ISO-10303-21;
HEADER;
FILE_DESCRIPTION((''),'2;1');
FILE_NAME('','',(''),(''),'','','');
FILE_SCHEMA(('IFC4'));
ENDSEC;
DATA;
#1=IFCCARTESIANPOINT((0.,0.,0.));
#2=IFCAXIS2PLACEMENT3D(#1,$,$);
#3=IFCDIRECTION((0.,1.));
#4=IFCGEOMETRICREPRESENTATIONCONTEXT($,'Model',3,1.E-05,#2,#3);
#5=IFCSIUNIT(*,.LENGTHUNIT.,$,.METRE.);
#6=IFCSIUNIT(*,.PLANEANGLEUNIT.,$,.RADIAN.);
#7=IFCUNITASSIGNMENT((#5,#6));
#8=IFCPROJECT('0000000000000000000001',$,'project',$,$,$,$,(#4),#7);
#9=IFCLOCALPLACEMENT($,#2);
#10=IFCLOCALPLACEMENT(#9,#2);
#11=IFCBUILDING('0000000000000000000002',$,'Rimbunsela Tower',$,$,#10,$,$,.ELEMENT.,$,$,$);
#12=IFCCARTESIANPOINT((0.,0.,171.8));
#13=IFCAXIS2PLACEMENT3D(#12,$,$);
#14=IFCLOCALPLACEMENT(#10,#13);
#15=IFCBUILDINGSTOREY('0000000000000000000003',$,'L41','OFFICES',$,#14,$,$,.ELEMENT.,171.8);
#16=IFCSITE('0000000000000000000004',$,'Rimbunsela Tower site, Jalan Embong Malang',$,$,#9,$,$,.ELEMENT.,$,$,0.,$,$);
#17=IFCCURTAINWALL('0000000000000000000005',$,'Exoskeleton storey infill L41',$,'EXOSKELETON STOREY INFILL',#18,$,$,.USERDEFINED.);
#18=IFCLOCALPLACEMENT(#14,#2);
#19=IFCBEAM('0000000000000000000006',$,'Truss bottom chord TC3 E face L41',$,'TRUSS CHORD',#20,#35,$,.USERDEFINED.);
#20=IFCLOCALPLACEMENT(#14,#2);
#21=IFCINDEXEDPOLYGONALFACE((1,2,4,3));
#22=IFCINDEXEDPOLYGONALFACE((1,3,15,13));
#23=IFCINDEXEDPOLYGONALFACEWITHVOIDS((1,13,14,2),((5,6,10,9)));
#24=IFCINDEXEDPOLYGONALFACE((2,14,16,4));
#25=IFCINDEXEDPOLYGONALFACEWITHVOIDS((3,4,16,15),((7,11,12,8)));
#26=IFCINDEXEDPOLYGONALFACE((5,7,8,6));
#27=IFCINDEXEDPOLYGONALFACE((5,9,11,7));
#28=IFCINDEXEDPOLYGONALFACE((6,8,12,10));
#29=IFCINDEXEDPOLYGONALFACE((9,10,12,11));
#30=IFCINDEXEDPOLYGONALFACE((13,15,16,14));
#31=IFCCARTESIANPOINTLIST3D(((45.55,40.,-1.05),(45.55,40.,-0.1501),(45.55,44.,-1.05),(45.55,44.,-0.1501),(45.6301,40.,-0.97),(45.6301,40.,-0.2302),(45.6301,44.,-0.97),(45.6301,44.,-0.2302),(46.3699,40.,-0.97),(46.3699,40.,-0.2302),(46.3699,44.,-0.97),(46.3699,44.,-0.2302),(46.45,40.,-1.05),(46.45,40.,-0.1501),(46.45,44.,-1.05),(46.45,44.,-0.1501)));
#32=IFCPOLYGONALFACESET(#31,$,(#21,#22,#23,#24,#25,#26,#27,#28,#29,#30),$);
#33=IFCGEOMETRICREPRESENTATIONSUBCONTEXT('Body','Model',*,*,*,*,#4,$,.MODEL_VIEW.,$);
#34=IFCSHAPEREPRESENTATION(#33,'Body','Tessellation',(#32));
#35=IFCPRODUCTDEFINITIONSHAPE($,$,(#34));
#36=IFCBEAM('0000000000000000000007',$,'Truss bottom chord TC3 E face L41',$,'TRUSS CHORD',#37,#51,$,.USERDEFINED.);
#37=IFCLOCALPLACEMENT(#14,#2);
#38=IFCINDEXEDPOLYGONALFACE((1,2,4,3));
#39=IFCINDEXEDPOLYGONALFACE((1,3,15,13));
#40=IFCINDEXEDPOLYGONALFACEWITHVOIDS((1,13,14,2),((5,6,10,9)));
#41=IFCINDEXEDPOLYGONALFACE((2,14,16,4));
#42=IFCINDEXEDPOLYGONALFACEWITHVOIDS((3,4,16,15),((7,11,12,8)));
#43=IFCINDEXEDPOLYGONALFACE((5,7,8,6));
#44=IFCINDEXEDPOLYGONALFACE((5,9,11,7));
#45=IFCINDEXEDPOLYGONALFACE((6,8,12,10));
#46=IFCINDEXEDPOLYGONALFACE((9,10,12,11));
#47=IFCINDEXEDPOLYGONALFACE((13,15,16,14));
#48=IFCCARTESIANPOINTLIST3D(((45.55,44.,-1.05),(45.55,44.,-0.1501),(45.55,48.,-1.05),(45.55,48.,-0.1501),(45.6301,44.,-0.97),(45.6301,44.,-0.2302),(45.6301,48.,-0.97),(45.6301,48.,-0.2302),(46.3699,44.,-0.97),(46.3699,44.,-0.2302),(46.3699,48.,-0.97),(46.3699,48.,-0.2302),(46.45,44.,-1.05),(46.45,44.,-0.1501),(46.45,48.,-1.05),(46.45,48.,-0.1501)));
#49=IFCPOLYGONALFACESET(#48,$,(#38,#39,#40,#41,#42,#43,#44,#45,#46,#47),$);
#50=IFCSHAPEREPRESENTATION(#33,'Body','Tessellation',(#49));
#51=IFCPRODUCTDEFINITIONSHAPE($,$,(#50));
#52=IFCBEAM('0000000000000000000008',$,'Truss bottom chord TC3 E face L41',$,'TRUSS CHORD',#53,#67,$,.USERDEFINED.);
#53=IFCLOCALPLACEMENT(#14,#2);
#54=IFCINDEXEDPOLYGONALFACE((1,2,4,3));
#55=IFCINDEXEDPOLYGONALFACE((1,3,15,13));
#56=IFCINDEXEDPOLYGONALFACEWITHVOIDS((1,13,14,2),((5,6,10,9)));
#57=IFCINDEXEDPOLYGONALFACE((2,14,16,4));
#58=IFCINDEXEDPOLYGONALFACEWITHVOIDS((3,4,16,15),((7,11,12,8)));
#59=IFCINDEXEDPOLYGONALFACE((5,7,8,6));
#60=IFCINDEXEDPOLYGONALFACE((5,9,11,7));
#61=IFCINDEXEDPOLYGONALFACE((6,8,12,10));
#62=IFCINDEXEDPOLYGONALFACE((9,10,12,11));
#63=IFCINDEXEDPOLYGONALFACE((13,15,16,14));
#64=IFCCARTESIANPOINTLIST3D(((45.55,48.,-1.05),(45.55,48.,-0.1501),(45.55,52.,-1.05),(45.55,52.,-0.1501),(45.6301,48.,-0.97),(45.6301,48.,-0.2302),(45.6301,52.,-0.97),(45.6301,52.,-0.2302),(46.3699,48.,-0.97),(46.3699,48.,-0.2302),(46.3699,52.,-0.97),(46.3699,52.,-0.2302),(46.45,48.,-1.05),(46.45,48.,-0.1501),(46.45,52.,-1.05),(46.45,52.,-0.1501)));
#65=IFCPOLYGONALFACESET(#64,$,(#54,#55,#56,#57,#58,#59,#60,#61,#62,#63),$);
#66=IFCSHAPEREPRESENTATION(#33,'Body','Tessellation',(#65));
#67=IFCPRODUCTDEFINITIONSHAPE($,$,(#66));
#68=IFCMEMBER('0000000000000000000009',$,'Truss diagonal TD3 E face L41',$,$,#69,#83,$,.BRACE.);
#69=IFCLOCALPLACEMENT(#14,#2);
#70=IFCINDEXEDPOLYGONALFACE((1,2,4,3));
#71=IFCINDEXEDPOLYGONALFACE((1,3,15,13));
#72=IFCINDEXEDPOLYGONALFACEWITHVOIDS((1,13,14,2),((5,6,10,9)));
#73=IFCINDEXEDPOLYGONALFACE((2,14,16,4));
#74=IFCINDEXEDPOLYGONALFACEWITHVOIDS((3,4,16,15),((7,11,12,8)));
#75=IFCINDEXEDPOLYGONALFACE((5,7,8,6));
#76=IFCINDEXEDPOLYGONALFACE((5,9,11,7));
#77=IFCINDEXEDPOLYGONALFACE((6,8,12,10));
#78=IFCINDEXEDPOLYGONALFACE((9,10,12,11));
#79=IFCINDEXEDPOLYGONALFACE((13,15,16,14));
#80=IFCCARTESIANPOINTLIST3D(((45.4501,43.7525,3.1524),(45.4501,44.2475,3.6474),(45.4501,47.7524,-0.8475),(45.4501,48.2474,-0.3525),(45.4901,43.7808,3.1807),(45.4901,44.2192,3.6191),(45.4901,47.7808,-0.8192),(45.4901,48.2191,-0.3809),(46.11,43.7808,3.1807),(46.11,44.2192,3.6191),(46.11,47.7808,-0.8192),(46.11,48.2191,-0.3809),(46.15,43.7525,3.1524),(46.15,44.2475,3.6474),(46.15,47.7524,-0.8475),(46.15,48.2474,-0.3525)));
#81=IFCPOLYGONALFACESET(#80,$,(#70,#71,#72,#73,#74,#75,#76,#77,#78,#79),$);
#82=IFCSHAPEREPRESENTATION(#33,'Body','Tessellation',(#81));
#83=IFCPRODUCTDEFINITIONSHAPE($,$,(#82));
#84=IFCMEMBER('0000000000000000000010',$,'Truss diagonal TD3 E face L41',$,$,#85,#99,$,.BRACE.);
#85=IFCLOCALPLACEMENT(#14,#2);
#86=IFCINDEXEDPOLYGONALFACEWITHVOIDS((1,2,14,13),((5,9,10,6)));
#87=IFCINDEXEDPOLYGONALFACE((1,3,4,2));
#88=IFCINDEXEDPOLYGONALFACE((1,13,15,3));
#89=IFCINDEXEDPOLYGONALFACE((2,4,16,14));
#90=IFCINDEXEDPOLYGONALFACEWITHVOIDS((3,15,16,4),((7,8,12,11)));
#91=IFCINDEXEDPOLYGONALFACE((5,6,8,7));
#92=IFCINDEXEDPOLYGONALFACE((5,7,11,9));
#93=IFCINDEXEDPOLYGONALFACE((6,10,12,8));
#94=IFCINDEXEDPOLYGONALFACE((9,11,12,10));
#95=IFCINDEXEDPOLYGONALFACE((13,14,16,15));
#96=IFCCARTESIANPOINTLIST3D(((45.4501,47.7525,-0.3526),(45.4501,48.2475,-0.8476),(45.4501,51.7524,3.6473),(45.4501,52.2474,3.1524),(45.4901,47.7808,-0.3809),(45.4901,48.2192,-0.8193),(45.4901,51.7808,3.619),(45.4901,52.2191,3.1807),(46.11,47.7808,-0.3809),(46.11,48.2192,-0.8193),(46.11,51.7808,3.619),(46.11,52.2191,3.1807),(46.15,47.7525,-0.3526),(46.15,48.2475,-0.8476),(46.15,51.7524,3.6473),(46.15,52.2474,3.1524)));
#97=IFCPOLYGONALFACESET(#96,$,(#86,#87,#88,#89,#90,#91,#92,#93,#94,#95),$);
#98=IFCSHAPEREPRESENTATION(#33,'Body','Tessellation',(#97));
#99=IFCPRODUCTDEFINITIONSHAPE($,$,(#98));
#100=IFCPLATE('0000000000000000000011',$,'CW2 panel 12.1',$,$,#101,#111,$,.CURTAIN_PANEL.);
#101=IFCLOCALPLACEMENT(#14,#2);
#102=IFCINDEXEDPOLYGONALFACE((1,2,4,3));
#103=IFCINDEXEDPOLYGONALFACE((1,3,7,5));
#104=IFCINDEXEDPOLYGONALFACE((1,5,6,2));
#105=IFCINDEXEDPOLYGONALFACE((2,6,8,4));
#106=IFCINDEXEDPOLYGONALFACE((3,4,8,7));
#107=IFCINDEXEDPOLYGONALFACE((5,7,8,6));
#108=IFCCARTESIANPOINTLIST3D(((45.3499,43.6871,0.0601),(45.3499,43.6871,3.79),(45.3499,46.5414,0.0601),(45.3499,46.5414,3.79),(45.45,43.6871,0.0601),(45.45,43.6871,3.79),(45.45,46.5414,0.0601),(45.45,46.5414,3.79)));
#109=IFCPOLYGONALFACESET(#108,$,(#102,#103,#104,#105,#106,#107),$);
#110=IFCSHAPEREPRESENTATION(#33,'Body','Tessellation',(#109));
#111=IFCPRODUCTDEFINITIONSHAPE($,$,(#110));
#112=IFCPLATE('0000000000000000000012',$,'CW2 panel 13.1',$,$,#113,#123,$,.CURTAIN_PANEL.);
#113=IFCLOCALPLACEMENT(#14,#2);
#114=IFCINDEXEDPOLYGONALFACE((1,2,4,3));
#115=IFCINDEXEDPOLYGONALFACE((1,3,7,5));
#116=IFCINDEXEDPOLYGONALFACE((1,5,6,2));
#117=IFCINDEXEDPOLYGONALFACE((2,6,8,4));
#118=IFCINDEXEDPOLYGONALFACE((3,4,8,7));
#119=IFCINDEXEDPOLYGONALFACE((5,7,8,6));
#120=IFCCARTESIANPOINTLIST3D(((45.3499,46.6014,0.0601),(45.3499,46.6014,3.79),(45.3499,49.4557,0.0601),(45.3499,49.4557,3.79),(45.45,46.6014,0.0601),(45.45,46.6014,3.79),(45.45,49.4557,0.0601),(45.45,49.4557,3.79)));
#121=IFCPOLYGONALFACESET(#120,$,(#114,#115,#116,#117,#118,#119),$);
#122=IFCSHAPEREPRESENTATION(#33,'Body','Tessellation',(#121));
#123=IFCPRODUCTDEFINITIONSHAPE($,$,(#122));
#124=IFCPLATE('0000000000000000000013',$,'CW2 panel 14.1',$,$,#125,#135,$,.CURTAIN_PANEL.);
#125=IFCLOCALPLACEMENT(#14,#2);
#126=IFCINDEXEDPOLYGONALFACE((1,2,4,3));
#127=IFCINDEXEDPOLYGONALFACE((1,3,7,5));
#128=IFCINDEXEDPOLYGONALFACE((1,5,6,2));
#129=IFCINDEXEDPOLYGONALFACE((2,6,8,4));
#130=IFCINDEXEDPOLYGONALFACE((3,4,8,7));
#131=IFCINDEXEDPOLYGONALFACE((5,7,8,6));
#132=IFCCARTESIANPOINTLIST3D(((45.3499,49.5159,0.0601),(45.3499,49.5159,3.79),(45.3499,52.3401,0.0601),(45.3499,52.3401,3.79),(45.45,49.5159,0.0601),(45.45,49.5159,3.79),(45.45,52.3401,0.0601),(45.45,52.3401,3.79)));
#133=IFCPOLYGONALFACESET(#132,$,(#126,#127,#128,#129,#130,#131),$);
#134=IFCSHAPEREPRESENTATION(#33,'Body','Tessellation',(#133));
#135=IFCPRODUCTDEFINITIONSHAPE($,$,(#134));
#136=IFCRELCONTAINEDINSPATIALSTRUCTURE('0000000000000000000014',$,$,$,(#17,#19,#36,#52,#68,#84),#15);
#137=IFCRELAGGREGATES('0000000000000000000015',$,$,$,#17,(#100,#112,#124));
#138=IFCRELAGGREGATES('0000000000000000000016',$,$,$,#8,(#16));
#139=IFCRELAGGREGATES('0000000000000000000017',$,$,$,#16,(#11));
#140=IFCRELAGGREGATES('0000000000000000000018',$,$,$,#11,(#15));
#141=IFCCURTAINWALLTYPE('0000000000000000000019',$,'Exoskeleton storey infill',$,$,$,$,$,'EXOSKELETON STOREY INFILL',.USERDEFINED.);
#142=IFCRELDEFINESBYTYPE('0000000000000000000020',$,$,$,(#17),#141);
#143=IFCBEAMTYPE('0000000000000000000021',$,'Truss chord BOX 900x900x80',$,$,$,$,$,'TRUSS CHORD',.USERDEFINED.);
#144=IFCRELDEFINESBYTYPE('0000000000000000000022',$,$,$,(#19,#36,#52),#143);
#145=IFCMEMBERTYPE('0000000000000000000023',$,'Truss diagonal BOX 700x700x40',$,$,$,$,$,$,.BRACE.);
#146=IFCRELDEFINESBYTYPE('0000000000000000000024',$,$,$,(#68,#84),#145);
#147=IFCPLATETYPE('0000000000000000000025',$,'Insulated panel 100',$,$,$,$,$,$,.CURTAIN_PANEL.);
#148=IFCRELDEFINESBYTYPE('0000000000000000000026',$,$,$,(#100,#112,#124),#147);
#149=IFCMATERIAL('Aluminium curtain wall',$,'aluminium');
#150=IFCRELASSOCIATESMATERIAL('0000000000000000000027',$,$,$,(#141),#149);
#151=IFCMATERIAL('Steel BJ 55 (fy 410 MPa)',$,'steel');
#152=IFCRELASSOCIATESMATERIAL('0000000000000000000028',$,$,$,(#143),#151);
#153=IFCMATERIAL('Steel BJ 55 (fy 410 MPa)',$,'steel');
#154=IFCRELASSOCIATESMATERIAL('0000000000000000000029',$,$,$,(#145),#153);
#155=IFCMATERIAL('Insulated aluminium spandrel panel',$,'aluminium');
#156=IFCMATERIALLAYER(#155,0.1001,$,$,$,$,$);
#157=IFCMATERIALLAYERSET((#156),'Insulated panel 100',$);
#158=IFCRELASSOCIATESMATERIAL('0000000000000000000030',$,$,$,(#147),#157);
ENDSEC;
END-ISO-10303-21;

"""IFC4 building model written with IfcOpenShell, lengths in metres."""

from ifc_helpers import new_model, si_unit, direction, frame, origin, origin_2d, place, context, subcontext, project, spatial, rectangle, hollow_rectangle, extrude, material, layer, layer_set, material_profile, profile_set, type_object, element, aggregate, save


model = new_model("IFC4")

# Units and contexts
model_context = context("Model", 3, precision=1e-05, world=origin(), true_north=direction((0.0, 1.0)))
body_context = subcontext(model_context, "Body", "Model", "MODEL_VIEW")
ifc_project = project(units=[si_unit("LENGTHUNIT", "METRE"), si_unit("PLANEANGLEUNIT", "RADIAN")], contexts=[model_context])

# Site, building, storey
site_placement = place(None, origin())
site = spatial("IfcSite", under=ifc_project, at=site_placement, Name="Rimbunsela Tower site, Jalan Embong Malang", CompositionType="ELEMENT", RefElevation=0.0)
building_placement = place(site_placement, origin())
building = spatial("IfcBuilding", under=site, at=building_placement, Name="Rimbunsela Tower", CompositionType="ELEMENT")
storey_placement = place(building_placement, frame((0.0, 0.0, 171.8)))
storey = spatial("IfcBuildingStorey", under=building, at=storey_placement, Name="L41", Description="OFFICES", CompositionType="ELEMENT", Elevation=171.8)

# Curtain wall
ifc_material_1 = material(Name="Aluminium curtain wall", Category="aluminium")
curtain_wall_type = type_object("IfcCurtainWallType", Name="Exoskeleton storey infill", ElementType="EXOSKELETON STOREY INFILL", PredefinedType="USERDEFINED", material=ifc_material_1)
curtain_wall_placement = place(storey_placement, origin())
curtain_wall = element("IfcCurtainWall", 1, at=curtain_wall_placement, inside=storey, type_object=curtain_wall_type, Name="Exoskeleton storey infill L41", ObjectType="EXOSKELETON STOREY INFILL", PredefinedType="USERDEFINED")

# Beams
ifc_material_2 = material(Name="Steel BJ 55 (fy 410 MPa)", Category="steel")
ifc_material_profile_1 = material_profile(ifc_material_2, hollow_rectangle(XDim=0.8999, YDim=0.8999, WallThickness=0.0801, at=origin_2d()), Name="BOX 900x900x80")
ifc_profile_set_1 = profile_set([ifc_material_profile_1], Name="Steel BJ 55 (fy 410 MPa)")
beam_type = type_object("IfcBeamType", Name="Truss chord BOX 900x900x80", ElementType="TRUSS CHORD", PredefinedType="USERDEFINED", material=ifc_profile_set_1)
for number, where, z_axis, x_axis, name in (
    (2, (46.0, 40.0, -0.6001), (0.0, 1.0, 0.0), (-1.0, 0.0, 0.0), "Truss bottom chord TC3 E face L41"),
    (3, (46.0, 44.0, -0.6001), (0.0, 1.0, 0.0), (-1.0, 0.0, 0.0), "Truss bottom chord TC3 E face L41"),
    (4, (46.0, 48.0, -0.6001), (0.0, 1.0, 0.0), (-1.0, 0.0, 0.0), "Truss bottom chord TC3 E face L41"),
):
    element("IfcBeam", number, at=place(storey_placement, frame(where, z_axis=z_axis, x_axis=x_axis)), inside=storey, type_object=beam_type, Name=name, ObjectType="TRUSS CHORD", PredefinedType="USERDEFINED", context=body_context, shape_type="SweptSolid", body=[
        extrude(hollow_rectangle(XDim=0.8999, YDim=0.8999, WallThickness=0.0801, at=origin_2d()), origin(), (0.0, 0.0, 1.0), 4.0),
    ])

# Members
ifc_material_3 = material(Name="Steel BJ 55 (fy 410 MPa)", Category="steel")
ifc_material_profile_2 = material_profile(ifc_material_3, hollow_rectangle(XDim=0.7, YDim=0.7, WallThickness=0.04, at=origin_2d()), Name="BOX 700x700x40")
ifc_profile_set_2 = profile_set([ifc_material_profile_2], Name="Steel BJ 55 (fy 410 MPa)")
member_type_1 = type_object("IfcMemberType", Name="Truss diagonal BOX 700x700x40", PredefinedType="BRACE", material=ifc_profile_set_2)
for number, where, z_axis, x_axis, name in (
    (5, (45.8, 44.0, 3.3999), (0.0, 0.707107, -0.707107), (-1.0, 0.0, 0.0), "Truss diagonal TD3 E face L41"),
    (6, (45.8, 48.0, -0.6001), (0.0, 0.707107, 0.707107), (-1.0, 0.0, 0.0), "Truss diagonal TD3 E face L41"),
):
    element("IfcMember", number, at=place(storey_placement, frame(where, z_axis=z_axis, x_axis=x_axis)), inside=storey, type_object=member_type_1, Name=name, PredefinedType="BRACE", context=body_context, shape_type="SweptSolid", body=[
        extrude(hollow_rectangle(XDim=0.7, YDim=0.7, WallThickness=0.04, at=origin_2d()), origin(), (0.0, 0.0, 1.0), 5.6567),
    ])

# Plates
ifc_material_4 = material(Name="Insulated aluminium spandrel panel", Category="aluminium")
ifc_layer = layer(ifc_material_4, 0.1001)
ifc_layer_set = layer_set([ifc_layer], Name="Insulated panel 100")
plate_type = type_object("IfcPlateType", Name="Insulated panel 100", PredefinedType="CURTAIN_PANEL", material=ifc_layer_set)
plate_1_placement = place(storey_placement, frame((45.3999, 45.1143, 0.0601), z_axis=(0.0, 0.0, 1.0), x_axis=(0.0, 1.0, 0.0)))
plate_1 = element("IfcPlate", 7, at=plate_1_placement, type_object=plate_type, Name="CW2 panel 12.1", PredefinedType="CURTAIN_PANEL", context=body_context, shape_type="SweptSolid", body=[
    extrude(rectangle(XDim=2.8542, YDim=0.1001, at=origin_2d()), origin(), (0.0, 0.0, 1.0), 3.73),
])
plate_2_placement = place(storey_placement, frame((45.3999, 48.0286, 0.0601), z_axis=(0.0, 0.0, 1.0), x_axis=(0.0, 1.0, 0.0)))
plate_2 = element("IfcPlate", 8, at=plate_2_placement, type_object=plate_type, Name="CW2 panel 13.1", PredefinedType="CURTAIN_PANEL", context=body_context, shape_type="SweptSolid", body=[
    extrude(rectangle(XDim=2.8542, YDim=0.1001, at=origin_2d()), origin(), (0.0, 0.0, 1.0), 3.73),
])
plate_3_placement = place(storey_placement, frame((45.3999, 50.928, 0.0601), z_axis=(0.0, 0.0, 1.0), x_axis=(0.0, 1.0, 0.0)))
plate_3 = element("IfcPlate", 9, at=plate_3_placement, type_object=plate_type, Name="CW2 panel 14.1", PredefinedType="CURTAIN_PANEL", context=body_context, shape_type="SweptSolid", body=[
    extrude(rectangle(XDim=2.8242, YDim=0.1001, at=origin_2d()), origin(), (0.0, 0.0, 1.0), 3.73),
])
aggregate(curtain_wall, [plate_1, plate_2, plate_3])

save(model, "model.ifc")
